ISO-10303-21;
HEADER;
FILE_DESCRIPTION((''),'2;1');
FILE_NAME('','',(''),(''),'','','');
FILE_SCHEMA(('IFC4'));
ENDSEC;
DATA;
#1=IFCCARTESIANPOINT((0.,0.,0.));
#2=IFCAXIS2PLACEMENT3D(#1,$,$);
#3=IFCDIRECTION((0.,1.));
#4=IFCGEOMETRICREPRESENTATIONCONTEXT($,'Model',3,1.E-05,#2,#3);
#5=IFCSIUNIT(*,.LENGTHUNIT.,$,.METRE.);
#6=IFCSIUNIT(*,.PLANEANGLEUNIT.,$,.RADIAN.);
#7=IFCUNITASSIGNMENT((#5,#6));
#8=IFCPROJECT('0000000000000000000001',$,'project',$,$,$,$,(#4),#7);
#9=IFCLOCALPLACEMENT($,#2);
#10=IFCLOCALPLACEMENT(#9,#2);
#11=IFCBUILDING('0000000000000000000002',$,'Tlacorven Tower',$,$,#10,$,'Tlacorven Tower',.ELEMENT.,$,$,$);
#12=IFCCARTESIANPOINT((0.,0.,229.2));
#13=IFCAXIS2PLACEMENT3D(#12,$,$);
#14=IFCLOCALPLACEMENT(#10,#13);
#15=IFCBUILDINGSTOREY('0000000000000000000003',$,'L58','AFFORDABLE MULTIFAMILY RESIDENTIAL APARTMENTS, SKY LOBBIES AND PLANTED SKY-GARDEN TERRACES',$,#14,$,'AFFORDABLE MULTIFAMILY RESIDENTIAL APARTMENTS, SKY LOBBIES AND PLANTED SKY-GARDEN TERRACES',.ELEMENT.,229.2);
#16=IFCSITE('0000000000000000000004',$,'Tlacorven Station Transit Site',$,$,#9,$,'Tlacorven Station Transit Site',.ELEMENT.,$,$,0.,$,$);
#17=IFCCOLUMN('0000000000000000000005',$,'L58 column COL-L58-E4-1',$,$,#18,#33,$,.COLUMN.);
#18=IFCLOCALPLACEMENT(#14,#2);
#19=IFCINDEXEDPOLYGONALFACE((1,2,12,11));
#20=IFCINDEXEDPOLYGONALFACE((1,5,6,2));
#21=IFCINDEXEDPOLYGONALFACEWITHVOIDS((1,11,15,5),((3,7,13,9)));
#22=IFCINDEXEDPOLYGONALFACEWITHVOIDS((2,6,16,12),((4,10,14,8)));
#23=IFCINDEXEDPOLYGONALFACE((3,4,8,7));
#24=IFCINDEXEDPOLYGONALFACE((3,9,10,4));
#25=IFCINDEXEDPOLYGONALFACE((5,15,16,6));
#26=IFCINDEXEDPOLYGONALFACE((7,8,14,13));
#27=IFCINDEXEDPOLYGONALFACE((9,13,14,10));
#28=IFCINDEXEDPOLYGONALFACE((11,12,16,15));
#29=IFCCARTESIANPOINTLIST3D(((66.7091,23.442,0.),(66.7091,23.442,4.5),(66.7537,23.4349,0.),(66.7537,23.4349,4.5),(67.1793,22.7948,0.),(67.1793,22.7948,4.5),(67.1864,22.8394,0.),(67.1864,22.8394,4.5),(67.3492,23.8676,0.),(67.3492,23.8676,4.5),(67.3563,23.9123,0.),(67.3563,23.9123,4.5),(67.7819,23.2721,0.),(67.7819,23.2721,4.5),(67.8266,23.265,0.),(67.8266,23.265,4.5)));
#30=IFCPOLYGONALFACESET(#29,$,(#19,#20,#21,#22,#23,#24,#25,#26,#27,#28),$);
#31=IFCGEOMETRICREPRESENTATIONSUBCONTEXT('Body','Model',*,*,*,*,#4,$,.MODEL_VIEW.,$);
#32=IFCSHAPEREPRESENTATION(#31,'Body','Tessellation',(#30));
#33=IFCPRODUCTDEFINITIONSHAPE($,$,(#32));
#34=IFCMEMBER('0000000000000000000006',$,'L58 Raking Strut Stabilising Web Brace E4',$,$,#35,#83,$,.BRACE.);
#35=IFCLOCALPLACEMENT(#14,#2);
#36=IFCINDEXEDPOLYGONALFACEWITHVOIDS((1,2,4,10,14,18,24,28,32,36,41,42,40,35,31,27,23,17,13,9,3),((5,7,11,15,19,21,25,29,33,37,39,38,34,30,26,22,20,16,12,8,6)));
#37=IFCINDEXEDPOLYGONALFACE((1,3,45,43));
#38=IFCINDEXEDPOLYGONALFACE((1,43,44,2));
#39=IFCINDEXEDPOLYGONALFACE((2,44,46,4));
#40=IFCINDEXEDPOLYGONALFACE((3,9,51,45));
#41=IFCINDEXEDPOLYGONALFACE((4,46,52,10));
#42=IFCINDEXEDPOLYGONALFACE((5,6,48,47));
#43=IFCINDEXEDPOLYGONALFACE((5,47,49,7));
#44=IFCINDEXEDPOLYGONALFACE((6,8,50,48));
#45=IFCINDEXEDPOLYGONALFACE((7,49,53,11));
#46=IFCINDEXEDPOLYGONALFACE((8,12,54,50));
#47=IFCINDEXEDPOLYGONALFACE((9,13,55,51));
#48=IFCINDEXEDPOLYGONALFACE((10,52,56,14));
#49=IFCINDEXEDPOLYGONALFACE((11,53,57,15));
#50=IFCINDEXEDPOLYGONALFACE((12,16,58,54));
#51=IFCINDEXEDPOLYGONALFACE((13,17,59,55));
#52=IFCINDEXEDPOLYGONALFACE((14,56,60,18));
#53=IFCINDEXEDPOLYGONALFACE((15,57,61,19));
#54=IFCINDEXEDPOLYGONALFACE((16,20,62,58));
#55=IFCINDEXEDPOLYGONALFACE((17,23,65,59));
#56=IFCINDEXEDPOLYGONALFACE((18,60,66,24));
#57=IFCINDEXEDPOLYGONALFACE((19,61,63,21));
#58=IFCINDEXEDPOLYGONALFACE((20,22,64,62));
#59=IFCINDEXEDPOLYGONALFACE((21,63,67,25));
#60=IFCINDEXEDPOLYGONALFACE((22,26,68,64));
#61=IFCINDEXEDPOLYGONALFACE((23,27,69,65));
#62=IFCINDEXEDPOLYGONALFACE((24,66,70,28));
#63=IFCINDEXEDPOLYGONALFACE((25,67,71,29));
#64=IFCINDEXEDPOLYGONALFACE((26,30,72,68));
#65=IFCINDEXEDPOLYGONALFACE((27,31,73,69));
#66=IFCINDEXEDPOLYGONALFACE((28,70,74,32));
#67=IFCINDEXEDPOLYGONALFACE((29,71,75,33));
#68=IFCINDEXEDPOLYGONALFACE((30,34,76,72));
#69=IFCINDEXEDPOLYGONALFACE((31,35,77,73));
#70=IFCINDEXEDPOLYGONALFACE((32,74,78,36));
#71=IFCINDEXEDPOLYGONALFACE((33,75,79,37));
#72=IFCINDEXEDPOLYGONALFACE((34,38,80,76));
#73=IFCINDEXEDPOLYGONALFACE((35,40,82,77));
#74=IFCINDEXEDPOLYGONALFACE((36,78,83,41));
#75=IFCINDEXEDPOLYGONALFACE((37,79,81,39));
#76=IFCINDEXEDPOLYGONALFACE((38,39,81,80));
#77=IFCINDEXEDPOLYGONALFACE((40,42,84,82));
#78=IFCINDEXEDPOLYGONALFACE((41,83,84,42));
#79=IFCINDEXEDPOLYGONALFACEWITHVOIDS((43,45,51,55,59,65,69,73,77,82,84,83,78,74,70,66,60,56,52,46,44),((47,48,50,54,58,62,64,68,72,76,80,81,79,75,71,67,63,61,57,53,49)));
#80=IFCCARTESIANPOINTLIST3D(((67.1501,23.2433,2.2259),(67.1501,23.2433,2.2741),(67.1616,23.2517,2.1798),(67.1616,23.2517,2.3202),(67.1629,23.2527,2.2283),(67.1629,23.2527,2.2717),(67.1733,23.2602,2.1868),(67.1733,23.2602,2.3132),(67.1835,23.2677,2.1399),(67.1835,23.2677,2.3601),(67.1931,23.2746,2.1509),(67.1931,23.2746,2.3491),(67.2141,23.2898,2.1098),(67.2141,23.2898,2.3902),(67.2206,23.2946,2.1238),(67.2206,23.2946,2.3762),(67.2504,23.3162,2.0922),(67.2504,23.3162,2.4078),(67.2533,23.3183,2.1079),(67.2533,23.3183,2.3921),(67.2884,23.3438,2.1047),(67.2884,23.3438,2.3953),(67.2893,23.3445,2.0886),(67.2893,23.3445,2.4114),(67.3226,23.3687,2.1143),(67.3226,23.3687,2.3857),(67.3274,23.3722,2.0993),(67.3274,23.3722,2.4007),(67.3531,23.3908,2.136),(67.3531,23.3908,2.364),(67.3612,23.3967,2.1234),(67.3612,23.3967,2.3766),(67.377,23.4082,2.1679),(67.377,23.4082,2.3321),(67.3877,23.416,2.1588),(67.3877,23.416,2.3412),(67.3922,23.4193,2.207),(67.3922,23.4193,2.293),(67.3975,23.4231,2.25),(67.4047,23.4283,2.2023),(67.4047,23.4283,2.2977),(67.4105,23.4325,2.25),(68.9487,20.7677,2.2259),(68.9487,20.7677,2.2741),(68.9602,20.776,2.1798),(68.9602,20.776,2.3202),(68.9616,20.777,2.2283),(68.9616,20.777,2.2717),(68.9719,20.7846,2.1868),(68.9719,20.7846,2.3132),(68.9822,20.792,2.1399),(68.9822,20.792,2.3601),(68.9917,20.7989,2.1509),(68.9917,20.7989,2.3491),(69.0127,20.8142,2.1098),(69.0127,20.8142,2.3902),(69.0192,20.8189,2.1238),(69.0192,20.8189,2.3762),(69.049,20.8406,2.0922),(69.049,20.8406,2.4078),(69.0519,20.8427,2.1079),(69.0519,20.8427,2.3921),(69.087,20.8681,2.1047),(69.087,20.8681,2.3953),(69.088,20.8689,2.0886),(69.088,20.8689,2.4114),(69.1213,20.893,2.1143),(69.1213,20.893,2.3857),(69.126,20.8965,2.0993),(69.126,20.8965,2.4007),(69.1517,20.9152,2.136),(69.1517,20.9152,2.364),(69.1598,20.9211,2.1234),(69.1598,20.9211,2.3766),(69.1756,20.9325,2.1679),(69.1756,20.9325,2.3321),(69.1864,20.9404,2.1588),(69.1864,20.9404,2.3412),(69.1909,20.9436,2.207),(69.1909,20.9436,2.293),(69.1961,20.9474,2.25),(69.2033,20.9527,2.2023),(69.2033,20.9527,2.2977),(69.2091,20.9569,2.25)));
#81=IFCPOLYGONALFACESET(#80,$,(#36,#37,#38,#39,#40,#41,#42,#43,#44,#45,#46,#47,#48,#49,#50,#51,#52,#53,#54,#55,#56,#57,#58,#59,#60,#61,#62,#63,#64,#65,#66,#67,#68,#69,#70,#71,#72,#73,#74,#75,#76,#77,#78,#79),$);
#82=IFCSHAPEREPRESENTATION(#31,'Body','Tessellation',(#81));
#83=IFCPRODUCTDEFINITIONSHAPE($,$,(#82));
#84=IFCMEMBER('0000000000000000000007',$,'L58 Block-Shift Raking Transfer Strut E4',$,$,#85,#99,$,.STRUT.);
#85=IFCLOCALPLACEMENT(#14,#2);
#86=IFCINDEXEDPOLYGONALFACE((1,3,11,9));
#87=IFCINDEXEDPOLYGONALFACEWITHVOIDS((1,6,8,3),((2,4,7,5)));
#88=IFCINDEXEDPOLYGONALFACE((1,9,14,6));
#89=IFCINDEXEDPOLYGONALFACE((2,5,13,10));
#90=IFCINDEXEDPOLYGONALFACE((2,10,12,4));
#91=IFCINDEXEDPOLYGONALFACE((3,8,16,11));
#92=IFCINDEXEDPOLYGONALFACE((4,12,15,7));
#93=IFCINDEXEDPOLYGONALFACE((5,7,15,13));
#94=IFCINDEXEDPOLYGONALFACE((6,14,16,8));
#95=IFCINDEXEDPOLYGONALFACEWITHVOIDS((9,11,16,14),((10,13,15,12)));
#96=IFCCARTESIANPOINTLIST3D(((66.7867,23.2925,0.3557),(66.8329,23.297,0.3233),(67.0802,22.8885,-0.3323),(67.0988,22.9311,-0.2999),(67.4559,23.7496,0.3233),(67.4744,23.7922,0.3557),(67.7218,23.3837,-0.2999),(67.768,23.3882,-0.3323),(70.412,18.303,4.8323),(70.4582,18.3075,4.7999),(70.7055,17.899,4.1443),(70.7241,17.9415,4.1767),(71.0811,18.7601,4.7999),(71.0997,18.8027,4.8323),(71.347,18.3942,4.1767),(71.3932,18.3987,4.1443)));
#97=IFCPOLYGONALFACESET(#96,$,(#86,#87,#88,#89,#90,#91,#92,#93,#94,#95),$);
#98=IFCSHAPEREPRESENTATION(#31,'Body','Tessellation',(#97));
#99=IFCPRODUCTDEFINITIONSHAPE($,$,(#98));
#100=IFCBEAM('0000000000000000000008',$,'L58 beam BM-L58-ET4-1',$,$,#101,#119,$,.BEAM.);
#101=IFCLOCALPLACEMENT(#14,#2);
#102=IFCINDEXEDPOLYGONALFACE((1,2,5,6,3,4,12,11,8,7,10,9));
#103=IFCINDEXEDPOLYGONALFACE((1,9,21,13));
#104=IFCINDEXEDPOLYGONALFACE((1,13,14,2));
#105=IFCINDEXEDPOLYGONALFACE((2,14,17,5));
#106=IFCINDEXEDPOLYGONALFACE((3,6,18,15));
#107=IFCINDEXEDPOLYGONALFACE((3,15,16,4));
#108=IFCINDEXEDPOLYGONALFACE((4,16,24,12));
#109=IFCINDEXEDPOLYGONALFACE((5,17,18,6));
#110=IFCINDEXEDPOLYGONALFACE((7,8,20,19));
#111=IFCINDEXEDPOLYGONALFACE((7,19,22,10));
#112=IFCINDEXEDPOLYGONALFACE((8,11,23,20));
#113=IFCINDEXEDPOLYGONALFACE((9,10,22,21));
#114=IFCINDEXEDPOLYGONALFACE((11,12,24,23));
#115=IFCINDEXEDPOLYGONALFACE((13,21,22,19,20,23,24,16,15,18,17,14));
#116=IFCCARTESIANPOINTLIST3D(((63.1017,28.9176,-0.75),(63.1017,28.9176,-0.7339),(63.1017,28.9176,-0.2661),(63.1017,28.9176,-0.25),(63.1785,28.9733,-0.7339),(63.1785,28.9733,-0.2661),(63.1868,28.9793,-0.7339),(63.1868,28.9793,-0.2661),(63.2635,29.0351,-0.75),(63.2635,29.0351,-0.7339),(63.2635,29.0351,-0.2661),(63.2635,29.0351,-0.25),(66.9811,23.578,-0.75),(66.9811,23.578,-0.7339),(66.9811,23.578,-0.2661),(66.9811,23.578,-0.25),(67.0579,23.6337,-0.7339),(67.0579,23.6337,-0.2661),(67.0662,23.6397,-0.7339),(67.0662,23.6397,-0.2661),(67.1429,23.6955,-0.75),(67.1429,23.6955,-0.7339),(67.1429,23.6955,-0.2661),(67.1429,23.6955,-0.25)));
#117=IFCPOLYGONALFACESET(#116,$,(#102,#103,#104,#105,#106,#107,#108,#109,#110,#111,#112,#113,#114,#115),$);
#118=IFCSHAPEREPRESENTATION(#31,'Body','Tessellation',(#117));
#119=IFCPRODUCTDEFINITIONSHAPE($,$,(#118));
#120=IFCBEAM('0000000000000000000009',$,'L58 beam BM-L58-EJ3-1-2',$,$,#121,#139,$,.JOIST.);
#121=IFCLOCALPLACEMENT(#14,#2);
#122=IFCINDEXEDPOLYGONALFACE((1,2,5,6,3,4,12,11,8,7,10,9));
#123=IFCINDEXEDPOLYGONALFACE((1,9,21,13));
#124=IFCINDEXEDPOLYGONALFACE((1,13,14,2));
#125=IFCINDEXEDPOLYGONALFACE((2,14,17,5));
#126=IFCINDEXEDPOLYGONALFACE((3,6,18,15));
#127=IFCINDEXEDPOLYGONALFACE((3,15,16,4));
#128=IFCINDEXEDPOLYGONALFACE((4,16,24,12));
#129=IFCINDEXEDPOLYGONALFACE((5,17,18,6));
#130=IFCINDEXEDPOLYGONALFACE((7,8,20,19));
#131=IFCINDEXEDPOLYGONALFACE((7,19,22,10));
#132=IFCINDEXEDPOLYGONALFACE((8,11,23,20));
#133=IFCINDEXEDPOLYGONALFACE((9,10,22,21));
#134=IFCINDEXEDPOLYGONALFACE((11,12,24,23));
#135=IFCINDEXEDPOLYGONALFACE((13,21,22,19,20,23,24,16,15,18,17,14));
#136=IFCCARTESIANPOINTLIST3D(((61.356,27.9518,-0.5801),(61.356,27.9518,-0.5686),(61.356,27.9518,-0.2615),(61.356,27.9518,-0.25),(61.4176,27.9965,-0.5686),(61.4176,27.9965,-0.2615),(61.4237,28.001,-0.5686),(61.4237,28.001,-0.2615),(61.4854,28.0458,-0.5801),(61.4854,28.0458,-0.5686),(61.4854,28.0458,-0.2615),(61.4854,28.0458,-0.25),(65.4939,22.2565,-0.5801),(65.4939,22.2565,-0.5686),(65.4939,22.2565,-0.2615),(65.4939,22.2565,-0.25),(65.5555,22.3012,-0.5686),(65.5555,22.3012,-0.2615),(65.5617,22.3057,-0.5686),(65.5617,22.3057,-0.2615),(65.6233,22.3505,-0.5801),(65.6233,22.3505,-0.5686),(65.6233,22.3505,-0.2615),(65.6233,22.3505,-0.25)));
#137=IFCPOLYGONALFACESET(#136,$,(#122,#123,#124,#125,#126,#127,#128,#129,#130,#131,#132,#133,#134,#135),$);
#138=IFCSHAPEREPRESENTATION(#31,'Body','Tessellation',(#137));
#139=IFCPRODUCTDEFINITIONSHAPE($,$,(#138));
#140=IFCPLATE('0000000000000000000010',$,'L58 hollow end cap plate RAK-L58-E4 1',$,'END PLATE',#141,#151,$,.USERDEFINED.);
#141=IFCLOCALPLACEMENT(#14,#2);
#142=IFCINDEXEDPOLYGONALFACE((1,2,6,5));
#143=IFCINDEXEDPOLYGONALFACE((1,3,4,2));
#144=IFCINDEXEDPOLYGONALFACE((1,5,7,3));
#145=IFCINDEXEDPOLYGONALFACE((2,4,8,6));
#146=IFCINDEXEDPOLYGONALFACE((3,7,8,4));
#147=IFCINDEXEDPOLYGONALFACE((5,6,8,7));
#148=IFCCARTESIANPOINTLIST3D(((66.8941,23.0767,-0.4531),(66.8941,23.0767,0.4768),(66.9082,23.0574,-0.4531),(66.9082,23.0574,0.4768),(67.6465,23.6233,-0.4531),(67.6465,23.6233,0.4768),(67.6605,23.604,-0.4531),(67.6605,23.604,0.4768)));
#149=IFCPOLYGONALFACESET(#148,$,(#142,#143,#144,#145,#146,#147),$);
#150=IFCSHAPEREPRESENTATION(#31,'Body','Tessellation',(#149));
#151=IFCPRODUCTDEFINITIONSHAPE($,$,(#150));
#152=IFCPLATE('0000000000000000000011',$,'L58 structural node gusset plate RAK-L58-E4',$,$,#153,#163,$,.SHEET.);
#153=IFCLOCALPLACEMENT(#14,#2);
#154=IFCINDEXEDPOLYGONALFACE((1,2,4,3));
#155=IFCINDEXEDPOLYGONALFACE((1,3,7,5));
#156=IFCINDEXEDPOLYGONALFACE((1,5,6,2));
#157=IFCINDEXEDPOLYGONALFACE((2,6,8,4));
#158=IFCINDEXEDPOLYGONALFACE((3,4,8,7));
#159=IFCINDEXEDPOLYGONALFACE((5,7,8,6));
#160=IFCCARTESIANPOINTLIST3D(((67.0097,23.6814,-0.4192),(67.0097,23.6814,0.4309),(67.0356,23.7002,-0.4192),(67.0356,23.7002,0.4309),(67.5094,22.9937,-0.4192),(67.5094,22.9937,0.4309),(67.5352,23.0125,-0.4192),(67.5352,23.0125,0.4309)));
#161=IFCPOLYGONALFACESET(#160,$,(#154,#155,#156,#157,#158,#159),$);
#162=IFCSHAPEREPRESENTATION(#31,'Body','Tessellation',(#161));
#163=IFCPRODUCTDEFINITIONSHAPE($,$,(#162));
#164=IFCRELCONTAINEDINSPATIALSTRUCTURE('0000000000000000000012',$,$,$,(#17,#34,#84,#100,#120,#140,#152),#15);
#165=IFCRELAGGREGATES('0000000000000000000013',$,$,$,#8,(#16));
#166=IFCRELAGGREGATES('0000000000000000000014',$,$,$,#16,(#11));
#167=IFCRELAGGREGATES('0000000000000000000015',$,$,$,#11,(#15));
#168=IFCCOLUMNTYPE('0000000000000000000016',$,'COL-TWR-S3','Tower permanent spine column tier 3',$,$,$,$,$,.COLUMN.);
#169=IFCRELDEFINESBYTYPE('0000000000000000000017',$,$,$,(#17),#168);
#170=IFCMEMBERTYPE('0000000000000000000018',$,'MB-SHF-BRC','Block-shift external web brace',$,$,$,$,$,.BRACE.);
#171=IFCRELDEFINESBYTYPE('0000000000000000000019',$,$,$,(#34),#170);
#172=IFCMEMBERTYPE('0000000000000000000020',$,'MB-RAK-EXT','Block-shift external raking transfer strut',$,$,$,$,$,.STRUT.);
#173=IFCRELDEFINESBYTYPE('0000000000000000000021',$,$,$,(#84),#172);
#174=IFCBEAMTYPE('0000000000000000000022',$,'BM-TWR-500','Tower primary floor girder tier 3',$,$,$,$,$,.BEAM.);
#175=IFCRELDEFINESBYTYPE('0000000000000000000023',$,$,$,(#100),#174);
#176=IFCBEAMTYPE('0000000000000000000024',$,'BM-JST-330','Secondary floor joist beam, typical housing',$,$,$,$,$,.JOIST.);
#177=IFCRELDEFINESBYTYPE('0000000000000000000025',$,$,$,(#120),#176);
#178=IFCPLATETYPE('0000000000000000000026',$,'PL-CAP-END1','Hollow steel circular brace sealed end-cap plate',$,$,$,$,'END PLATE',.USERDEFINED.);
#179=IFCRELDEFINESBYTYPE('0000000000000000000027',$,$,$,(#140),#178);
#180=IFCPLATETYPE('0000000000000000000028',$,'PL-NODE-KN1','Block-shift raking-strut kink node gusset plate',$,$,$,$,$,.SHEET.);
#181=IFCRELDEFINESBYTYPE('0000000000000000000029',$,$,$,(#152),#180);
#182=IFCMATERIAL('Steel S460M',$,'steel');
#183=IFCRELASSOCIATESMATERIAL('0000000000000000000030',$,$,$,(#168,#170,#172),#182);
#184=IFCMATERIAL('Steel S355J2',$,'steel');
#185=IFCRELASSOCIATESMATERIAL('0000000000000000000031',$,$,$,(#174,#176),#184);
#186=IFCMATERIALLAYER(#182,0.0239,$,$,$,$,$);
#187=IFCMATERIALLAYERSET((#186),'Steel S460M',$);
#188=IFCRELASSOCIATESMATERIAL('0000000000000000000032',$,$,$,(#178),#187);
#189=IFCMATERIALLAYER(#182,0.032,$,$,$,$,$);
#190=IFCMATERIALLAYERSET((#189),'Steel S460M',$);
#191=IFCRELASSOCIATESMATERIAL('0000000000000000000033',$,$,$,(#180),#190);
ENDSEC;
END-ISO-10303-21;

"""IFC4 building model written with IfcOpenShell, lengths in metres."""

from ifc_helpers import new_model, si_unit, direction, frame, origin, origin_2d, place, context, subcontext, project, spatial, rectangle, hollow_rectangle, hollow_circle, i_section, extrude, source, transform, mapped, material, layer, layer_set, material_profile, profile_set, type_object, element, save


model = new_model("IFC4")

# Units and contexts
model_context = context("Model", 3, precision=1e-05, world=origin(), true_north=direction((0.0, 1.0)))
body_context = subcontext(model_context, "Body", "Model", "MODEL_VIEW")
ifc_project = project(units=[si_unit("LENGTHUNIT", "METRE"), si_unit("PLANEANGLEUNIT", "RADIAN")], contexts=[model_context])

# Site, building, storey
site_placement = place(None, origin())
site = spatial("IfcSite", under=ifc_project, at=site_placement, Name="Tlacorven Station Transit Site", LongName="Tlacorven Station Transit Site", CompositionType="ELEMENT", RefElevation=0.0)
building_placement = place(site_placement, origin())
building = spatial("IfcBuilding", under=site, at=building_placement, Name="Tlacorven Tower", LongName="Tlacorven Tower", CompositionType="ELEMENT")
storey_placement = place(building_placement, frame((0.0, 0.0, 229.2)))
storey = spatial("IfcBuildingStorey", under=building, at=storey_placement, Name="L58", Description="AFFORDABLE MULTIFAMILY RESIDENTIAL APARTMENTS, SKY LOBBIES AND PLANTED SKY-GARDEN TERRACES", LongName="AFFORDABLE MULTIFAMILY RESIDENTIAL APARTMENTS, SKY LOBBIES AND PLANTED SKY-GARDEN TERRACES", CompositionType="ELEMENT", Elevation=229.2)

# Column
ifc_material_1 = material(Name="Steel S460M", Category="steel")
ifc_material_profile_1 = material_profile(ifc_material_1, hollow_rectangle(XDim=0.8, YDim=0.8, WallThickness=0.032, at=origin_2d()), Name="BOX 800X800X32")
ifc_profile_set_1 = profile_set([ifc_material_profile_1], Name="Steel S460M")
column_type = type_object("IfcColumnType", Name="COL-TWR-S3", Description="Tower permanent spine column tier 3", PredefinedType="COLUMN", material=ifc_profile_set_1)
shared_shape_1 = source(origin(), body_context, "Body", "SweptSolid", [
    extrude(hollow_rectangle(XDim=0.8, YDim=0.8, WallThickness=0.032, at=origin_2d()), origin(), (0.0, 0.0, 1.0), 4.5),
])
column_placement = place(storey_placement, frame((67.2678, 23.3535, 0.0), z_axis=(0.0, 0.0, 1.0), x_axis=(0.809017, 0.587785, 0.0)))
element("IfcColumn", 1, at=column_placement, inside=storey, type_object=column_type, Name="L58 column COL-L58-E4-1", PredefinedType="COLUMN", context=body_context, shape_type="MappedRepresentation", body=[
    mapped(shared_shape_1, transform((0.0, 0.0, 0.0), scale=1.0)),
])

# Members
ifc_material_profile_2 = material_profile(ifc_material_1, hollow_circle(Radius=0.1619, WallThickness=0.0161, at=origin_2d()), Name="CHS 323.9X16")
ifc_profile_set_2 = profile_set([ifc_material_profile_2], Name="Steel S460M")
member_type_1 = type_object("IfcMemberType", Name="MB-SHF-BRC", Description="Block-shift external web brace", PredefinedType="BRACE", material=ifc_profile_set_2)
shared_shape_2 = source(origin(), body_context, "Body", "SweptSolid", [
    extrude(hollow_circle(Radius=0.1619, WallThickness=0.0161, at=origin_2d()), origin(), (0.0, 0.0, 1.0), 3.0601),
])
member_1_placement = place(storey_placement, frame((67.2795, 23.3374, 2.25), z_axis=(0.587778, -0.809022, 0.0), x_axis=(0.809022, 0.587778, 0.0)))
element("IfcMember", 2, at=member_1_placement, inside=storey, type_object=member_type_1, Name="L58 Raking Strut Stabilising Web Brace E4", PredefinedType="BRACE", context=body_context, shape_type="MappedRepresentation", body=[
    mapped(shared_shape_2, transform((0.0, 0.0, 0.0), scale=1.0)),
])
ifc_material_profile_3 = material_profile(ifc_material_1, hollow_rectangle(XDim=0.8501, YDim=0.8501, WallThickness=0.04, at=origin_2d()), Name="BOX 850X850X40")
ifc_profile_set_3 = profile_set([ifc_material_profile_3], Name="Steel S460M")
member_type_2 = type_object("IfcMemberType", Name="MB-RAK-EXT", Description="Block-shift external raking transfer strut", PredefinedType="STRUT", material=ifc_profile_set_3)
shared_shape_3 = source(origin(), body_context, "Body", "SweptSolid", [
    extrude(hollow_rectangle(XDim=0.8501, YDim=0.8501, WallThickness=0.04, at=origin_2d()), origin(), (0.0, 0.0, 1.0), 7.6208),
])
member_2_placement = place(storey_placement, frame((67.2773, 23.3403, 0.0117), z_axis=(0.475702, -0.654718, 0.587411), x_axis=(0.809005, 0.587802, 0.0)))
element("IfcMember", 3, at=member_2_placement, inside=storey, type_object=member_type_2, Name="L58 Block-Shift Raking Transfer Strut E4", PredefinedType="STRUT", context=body_context, shape_type="MappedRepresentation", body=[
    mapped(shared_shape_3, transform((0.0, 0.0, 0.0), scale=1.0)),
])

# Beams
ifc_material_2 = material(Name="Steel S355J2", Category="steel")
ifc_material_profile_4 = material_profile(ifc_material_2, i_section(OverallWidth=0.2, OverallDepth=0.5, WebThickness=0.0103, FlangeThickness=0.0161, at=origin_2d()), Name="IPE 500")
ifc_profile_set_4 = profile_set([ifc_material_profile_4], Name="Steel S355J2")
beam_type_1 = type_object("IfcBeamType", Name="BM-TWR-500", Description="Tower primary floor girder tier 3", PredefinedType="BEAM", material=ifc_profile_set_4)
shared_shape_4 = source(origin(), body_context, "Body", "SweptSolid", [
    extrude(i_section(OverallWidth=0.2, OverallDepth=0.5, WebThickness=0.0103, FlangeThickness=0.0161, at=origin_2d()), origin(), (0.0, 0.0, 1.0), 6.6001),
])
beam_1_placement = place(storey_placement, frame((67.062, 23.6367, -0.5), z_axis=(-0.58778, 0.809021, 0.0), x_axis=(-0.809021, -0.58778, 0.0)))
element("IfcBeam", 4, at=beam_1_placement, inside=storey, type_object=beam_type_1, Name="L58 beam BM-L58-ET4-1", PredefinedType="BEAM", context=body_context, shape_type="MappedRepresentation", body=[
    mapped(shared_shape_4, transform((0.0, 0.0, 0.0), scale=1.0)),
])
ifc_material_profile_5 = material_profile(ifc_material_2, i_section(OverallWidth=0.1599, OverallDepth=0.3301, WebThickness=0.0076, FlangeThickness=0.0115, at=origin_2d()), Name="IPE 330")
ifc_profile_set_5 = profile_set([ifc_material_profile_5], Name="Steel S355J2")
beam_type_2 = type_object("IfcBeamType", Name="BM-JST-330", Description="Secondary floor joist beam, typical housing", PredefinedType="JOIST", material=ifc_profile_set_5)
shared_shape_5 = source(origin(), body_context, "Body", "SweptSolid", [
    extrude(i_section(OverallWidth=0.1599, OverallDepth=0.3301, WebThickness=0.0076, FlangeThickness=0.0115, at=origin_2d()), origin(), (0.0, 0.0, 1.0), 7.0398),
])
beam_2_placement = place(storey_placement, frame((65.5586, 22.3035, -0.415), z_axis=(-0.58779, 0.809013, 0.0), x_axis=(-0.809013, -0.58779, 0.0)))
element("IfcBeam", 5, at=beam_2_placement, inside=storey, type_object=beam_type_2, Name="L58 beam BM-L58-EJ3-1-2", PredefinedType="JOIST", context=body_context, shape_type="MappedRepresentation", body=[
    mapped(shared_shape_5, transform((0.0, 0.0, 0.0), scale=1.0)),
])

# Plates
ifc_layer_1 = layer(ifc_material_1, 0.0239)
ifc_layer_set_1 = layer_set([ifc_layer_1], Name="Steel S460M")
plate_type_1 = type_object("IfcPlateType", Name="PL-CAP-END1", Description="Hollow steel circular brace sealed end-cap plate", ElementType="END PLATE", PredefinedType="USERDEFINED", material=ifc_layer_set_1)
shared_shape_6 = source(origin(), body_context, "Body", "SweptSolid", [
    extrude(rectangle(XDim=0.0239, YDim=0.9299, at=origin_2d()), origin(), (0.0, 0.0, 1.0), 0.9299),
])
plate_1_placement = place(storey_placement, frame((67.2773, 23.3403, -0.4531), z_axis=(0.0, 0.0, 1.0), x_axis=(0.587785, -0.809017, 0.0)))
element("IfcPlate", 6, at=plate_1_placement, inside=storey, type_object=plate_type_1, Name="L58 hollow end cap plate RAK-L58-E4 1", ObjectType="END PLATE", PredefinedType="USERDEFINED", context=body_context, shape_type="MappedRepresentation", body=[
    mapped(shared_shape_6, transform((0.0, 0.0, 0.0), scale=1.0)),
])
ifc_layer_2 = layer(ifc_material_1, 0.032)
ifc_layer_set_2 = layer_set([ifc_layer_2], Name="Steel S460M")
plate_type_2 = type_object("IfcPlateType", Name="PL-NODE-KN1", Description="Block-shift raking-strut kink node gusset plate", PredefinedType="SHEET", material=ifc_layer_set_2)
shared_shape_7 = source(origin(), body_context, "Body", "SweptSolid", [
    extrude(rectangle(XDim=0.8501, YDim=0.032, at=origin_2d()), origin(), (0.0, 0.0, 1.0), 0.8501),
])
plate_2_placement = place(storey_placement, frame((67.2725, 23.3469, -0.4192), z_axis=(0.0, 0.0, 1.0), x_axis=(0.587785, -0.809017, 0.0)))
element("IfcPlate", 7, at=plate_2_placement, inside=storey, type_object=plate_type_2, Name="L58 structural node gusset plate RAK-L58-E4", PredefinedType="SHEET", context=body_context, shape_type="MappedRepresentation", body=[
    mapped(shared_shape_7, transform((0.0, 0.0, 0.0), scale=1.0)),
])

save(model, "model.ifc")
